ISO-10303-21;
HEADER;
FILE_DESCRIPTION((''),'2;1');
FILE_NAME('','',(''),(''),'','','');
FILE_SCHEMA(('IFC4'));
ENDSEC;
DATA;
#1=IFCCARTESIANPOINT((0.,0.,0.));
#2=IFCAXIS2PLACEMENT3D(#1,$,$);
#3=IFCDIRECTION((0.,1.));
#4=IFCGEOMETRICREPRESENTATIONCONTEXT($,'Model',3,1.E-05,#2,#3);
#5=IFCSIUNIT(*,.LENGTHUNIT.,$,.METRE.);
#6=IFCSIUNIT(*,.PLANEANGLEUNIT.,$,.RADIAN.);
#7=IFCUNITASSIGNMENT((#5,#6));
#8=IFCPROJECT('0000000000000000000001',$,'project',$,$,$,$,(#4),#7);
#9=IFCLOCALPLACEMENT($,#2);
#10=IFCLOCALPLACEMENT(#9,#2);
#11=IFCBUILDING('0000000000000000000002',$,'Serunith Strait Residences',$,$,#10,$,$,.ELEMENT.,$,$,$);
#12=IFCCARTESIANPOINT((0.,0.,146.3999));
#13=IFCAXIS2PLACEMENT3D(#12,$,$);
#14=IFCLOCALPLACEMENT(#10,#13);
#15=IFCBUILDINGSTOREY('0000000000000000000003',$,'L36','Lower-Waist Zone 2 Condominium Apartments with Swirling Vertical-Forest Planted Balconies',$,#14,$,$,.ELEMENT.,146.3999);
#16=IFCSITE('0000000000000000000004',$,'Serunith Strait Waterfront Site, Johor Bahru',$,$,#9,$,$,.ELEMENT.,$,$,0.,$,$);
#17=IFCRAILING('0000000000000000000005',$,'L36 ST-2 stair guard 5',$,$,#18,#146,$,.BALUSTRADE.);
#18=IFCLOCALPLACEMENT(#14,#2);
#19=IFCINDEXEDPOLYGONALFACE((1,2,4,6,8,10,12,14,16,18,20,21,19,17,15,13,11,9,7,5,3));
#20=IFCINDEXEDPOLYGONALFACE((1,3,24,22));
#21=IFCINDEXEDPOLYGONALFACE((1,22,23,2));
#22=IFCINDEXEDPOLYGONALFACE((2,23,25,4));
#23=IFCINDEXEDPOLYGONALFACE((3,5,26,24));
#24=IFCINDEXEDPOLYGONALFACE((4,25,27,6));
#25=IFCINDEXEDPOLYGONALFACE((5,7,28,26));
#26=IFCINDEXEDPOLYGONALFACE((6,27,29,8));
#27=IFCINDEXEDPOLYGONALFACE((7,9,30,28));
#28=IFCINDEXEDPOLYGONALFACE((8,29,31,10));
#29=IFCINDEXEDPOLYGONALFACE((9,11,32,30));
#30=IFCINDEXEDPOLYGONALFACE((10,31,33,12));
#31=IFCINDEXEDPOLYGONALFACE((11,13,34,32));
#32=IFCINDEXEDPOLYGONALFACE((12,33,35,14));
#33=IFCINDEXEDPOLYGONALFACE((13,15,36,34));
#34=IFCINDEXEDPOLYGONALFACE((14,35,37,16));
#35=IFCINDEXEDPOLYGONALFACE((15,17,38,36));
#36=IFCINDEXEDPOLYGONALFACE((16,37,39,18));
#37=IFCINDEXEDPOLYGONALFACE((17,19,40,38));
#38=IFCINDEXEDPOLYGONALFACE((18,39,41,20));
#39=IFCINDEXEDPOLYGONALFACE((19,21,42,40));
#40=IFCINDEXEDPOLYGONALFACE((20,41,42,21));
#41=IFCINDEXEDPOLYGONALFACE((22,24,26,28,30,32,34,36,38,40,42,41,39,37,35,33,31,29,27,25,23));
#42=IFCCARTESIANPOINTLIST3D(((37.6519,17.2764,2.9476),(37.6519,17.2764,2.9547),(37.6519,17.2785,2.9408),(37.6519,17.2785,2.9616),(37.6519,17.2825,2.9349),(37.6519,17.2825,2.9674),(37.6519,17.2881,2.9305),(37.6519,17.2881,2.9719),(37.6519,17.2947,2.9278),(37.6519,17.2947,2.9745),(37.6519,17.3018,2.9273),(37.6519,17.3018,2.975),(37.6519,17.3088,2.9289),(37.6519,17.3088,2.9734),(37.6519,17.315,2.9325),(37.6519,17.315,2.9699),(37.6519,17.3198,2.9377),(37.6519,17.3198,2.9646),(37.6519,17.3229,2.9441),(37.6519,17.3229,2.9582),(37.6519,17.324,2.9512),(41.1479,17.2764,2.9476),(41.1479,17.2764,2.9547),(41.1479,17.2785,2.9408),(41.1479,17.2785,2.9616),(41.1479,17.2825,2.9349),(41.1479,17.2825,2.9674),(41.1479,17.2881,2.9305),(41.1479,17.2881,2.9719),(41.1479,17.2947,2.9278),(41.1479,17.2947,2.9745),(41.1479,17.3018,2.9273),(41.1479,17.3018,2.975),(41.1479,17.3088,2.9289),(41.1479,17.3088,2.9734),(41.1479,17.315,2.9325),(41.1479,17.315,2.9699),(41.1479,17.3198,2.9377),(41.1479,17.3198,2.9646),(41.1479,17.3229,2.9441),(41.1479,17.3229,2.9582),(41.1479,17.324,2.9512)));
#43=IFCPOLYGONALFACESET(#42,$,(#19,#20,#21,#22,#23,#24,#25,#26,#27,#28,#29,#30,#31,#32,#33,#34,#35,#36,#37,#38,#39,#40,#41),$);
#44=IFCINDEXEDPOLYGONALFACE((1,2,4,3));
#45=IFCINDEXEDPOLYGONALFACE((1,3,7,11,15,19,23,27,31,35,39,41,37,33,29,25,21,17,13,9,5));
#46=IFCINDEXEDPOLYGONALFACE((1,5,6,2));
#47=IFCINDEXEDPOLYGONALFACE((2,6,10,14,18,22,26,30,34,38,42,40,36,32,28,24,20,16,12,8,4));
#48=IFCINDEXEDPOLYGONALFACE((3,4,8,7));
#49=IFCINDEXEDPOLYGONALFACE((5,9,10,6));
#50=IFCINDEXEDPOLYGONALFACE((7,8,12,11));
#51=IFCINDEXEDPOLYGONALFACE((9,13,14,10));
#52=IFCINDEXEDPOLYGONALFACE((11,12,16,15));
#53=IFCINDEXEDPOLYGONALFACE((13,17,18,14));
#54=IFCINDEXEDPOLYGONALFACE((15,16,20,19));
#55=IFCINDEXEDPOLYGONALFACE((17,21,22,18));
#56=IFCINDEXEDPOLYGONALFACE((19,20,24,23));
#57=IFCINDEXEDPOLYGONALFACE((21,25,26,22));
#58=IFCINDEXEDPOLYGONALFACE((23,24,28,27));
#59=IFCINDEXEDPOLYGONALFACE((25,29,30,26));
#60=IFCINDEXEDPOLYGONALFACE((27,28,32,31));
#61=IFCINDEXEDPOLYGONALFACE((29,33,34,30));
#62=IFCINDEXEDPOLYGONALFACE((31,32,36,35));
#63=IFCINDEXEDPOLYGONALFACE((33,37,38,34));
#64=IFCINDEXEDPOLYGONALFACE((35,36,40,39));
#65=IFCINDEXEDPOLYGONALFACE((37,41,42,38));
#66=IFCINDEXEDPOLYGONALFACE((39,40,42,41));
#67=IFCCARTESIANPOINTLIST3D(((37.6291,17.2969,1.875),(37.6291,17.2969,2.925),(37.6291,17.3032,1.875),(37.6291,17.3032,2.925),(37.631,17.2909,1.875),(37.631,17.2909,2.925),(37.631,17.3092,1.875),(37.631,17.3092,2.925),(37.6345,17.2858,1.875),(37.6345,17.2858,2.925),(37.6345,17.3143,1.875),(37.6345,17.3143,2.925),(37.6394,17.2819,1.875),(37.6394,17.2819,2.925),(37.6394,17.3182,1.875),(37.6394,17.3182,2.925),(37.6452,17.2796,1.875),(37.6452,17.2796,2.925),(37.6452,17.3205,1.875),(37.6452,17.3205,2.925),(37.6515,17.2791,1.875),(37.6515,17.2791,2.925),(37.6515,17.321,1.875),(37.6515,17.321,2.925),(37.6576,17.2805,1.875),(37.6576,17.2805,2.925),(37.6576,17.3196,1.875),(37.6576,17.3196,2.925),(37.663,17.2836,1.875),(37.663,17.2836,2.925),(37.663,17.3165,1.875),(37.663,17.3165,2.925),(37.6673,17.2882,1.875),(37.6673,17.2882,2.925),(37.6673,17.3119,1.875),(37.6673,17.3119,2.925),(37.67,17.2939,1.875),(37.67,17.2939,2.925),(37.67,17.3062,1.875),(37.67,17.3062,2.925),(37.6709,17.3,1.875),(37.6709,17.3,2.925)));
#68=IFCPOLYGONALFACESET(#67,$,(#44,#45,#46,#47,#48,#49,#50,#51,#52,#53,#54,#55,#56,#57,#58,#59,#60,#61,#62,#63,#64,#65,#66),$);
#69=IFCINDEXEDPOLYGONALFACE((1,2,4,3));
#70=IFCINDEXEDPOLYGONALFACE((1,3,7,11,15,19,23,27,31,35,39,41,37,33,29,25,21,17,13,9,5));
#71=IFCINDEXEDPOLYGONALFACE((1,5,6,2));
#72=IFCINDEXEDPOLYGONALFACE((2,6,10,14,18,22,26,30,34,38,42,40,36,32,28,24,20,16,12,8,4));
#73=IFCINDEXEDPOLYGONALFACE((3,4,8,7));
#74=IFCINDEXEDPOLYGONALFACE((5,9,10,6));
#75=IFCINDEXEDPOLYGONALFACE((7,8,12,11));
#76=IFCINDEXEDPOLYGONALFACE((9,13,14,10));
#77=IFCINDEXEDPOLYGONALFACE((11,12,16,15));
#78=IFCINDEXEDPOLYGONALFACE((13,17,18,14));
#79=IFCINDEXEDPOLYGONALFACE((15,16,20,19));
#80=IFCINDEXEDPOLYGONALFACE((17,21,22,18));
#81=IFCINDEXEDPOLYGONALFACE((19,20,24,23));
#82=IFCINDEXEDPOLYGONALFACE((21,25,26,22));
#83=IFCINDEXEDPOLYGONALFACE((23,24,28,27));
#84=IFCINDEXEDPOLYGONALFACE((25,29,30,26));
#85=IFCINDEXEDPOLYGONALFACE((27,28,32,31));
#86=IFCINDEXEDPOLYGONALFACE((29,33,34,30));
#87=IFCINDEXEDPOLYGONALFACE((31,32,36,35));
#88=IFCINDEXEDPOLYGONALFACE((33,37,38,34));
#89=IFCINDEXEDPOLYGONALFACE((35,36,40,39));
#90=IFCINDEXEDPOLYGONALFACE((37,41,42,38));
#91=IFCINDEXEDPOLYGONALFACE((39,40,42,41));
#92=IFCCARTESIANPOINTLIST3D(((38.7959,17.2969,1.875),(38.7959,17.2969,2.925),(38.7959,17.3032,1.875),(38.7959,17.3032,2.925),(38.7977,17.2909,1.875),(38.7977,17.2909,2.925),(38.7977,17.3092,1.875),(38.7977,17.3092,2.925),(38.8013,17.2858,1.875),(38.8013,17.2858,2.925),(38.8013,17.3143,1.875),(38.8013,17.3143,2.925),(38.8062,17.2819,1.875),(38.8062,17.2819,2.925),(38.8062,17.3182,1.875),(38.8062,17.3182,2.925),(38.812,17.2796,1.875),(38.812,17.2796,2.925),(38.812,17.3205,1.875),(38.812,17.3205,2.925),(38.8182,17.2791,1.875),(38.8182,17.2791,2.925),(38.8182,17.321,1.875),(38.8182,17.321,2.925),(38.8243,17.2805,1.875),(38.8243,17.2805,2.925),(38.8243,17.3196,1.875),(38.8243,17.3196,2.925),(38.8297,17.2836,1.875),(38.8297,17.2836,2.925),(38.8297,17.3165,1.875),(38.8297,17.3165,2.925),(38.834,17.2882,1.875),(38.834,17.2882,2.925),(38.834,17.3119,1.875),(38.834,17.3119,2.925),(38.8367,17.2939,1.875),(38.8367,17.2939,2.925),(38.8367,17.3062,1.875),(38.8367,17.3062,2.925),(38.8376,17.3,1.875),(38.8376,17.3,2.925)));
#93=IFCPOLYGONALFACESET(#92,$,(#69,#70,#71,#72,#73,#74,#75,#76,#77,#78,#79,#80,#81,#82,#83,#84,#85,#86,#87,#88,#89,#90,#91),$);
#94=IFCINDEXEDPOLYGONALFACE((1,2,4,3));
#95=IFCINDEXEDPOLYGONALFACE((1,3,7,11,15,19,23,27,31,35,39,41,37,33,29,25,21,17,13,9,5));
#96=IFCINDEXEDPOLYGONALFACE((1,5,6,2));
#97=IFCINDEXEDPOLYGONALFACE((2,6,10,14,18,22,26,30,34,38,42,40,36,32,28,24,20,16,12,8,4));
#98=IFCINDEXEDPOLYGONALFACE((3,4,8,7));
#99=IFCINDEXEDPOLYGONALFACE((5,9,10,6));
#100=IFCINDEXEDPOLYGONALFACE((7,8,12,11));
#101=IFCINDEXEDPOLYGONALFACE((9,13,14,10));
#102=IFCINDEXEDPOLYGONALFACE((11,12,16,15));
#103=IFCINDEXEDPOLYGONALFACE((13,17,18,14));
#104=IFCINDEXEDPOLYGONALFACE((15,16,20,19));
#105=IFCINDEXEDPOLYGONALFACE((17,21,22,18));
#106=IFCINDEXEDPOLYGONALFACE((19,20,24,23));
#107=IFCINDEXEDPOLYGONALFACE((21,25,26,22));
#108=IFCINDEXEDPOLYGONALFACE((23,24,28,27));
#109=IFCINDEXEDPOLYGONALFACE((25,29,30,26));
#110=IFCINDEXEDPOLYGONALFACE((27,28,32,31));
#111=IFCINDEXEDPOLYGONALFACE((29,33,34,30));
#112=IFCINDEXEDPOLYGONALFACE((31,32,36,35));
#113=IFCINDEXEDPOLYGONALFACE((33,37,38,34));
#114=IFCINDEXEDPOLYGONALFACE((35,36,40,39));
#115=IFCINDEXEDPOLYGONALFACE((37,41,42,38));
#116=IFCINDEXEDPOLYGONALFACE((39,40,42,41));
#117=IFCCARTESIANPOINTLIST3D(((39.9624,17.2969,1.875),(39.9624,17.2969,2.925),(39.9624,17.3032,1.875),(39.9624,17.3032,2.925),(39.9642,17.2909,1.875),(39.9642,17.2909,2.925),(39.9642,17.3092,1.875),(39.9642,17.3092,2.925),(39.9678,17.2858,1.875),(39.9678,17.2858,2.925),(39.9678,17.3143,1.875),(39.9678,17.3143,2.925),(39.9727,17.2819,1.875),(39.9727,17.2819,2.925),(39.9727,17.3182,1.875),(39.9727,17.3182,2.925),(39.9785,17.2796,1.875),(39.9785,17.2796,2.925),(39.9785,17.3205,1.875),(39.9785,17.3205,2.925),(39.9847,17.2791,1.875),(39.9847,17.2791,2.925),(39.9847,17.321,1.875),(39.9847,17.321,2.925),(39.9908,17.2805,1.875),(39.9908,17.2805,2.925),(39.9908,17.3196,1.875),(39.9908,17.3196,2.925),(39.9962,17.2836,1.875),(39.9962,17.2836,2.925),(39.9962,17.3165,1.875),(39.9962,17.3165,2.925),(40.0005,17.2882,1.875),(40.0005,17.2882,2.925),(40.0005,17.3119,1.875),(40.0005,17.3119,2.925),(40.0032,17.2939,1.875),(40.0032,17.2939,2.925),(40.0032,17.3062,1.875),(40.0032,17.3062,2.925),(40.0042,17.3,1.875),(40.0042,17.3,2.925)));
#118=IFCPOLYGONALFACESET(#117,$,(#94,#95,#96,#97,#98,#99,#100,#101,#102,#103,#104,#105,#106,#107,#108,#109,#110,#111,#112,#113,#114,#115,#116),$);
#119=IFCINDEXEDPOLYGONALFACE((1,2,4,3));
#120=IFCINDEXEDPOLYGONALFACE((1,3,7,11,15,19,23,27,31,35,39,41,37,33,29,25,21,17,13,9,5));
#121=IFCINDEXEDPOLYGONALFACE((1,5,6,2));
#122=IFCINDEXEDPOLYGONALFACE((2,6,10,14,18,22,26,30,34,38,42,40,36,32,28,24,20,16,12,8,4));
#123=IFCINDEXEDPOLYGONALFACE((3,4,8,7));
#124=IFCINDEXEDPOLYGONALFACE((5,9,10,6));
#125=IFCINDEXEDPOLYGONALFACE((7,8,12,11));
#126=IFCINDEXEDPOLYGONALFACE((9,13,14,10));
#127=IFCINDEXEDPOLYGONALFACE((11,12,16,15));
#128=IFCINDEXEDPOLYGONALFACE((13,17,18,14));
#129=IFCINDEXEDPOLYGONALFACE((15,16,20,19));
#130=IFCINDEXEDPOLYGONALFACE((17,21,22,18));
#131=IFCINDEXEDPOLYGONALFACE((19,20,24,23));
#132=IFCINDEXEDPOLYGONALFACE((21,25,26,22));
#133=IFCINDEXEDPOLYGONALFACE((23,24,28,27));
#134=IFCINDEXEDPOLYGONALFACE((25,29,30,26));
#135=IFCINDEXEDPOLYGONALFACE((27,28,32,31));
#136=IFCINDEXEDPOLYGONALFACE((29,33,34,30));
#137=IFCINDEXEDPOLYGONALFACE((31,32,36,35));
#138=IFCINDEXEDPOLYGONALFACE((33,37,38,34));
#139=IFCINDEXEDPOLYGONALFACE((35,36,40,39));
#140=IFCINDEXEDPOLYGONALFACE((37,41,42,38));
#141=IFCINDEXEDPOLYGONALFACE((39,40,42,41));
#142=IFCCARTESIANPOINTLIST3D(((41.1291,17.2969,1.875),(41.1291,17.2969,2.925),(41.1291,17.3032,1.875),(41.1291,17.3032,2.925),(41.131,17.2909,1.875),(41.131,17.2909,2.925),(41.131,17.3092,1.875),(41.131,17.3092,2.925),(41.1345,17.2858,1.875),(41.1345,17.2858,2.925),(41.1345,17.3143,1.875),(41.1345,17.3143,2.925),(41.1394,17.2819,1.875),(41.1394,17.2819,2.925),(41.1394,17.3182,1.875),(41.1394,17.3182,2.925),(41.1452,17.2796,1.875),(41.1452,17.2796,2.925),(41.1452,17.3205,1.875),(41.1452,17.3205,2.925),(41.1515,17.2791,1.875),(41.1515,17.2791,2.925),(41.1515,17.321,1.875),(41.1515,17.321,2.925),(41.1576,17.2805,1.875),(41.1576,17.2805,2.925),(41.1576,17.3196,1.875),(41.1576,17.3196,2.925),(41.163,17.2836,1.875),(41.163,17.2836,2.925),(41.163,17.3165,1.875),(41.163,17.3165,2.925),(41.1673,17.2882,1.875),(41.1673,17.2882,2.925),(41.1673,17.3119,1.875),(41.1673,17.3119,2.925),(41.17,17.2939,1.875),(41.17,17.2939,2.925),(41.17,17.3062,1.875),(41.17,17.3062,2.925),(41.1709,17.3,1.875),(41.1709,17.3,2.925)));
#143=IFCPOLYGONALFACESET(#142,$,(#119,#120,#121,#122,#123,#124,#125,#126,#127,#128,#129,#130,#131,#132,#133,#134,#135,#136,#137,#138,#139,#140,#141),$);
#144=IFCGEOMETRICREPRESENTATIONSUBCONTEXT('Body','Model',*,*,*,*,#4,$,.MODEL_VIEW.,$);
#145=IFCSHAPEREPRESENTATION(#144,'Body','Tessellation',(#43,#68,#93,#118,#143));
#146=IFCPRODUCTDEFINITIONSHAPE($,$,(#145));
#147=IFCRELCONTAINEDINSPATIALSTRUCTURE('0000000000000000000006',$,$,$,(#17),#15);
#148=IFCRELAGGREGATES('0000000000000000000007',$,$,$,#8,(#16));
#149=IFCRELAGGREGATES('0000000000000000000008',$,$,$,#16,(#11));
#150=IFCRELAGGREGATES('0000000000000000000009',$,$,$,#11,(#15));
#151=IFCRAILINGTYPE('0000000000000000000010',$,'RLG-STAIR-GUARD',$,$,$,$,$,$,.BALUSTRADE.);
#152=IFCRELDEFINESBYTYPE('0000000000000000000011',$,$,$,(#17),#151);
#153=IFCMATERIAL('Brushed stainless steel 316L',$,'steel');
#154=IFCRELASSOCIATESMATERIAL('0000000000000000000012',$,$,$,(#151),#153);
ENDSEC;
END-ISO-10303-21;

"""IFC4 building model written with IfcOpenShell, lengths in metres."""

from ifc_helpers import new_model, si_unit, direction, frame, origin, origin_2d, place, context, subcontext, project, spatial, circle, extrude, material, type_object, element, save


model = new_model("IFC4")

# Units and contexts
model_context = context("Model", 3, precision=1e-05, world=origin(), true_north=direction((0.0, 1.0)))
body_context = subcontext(model_context, "Body", "Model", "MODEL_VIEW")
ifc_project = project(units=[si_unit("LENGTHUNIT", "METRE"), si_unit("PLANEANGLEUNIT", "RADIAN")], contexts=[model_context])

# Site, building, storey
site_placement = place(None, origin())
site = spatial("IfcSite", under=ifc_project, at=site_placement, Name="Serunith Strait Waterfront Site, Johor Bahru", CompositionType="ELEMENT", RefElevation=0.0)
building_placement = place(site_placement, origin())
building = spatial("IfcBuilding", under=site, at=building_placement, Name="Serunith Strait Residences", CompositionType="ELEMENT")
storey_placement = place(building_placement, frame((0.0, 0.0, 146.3999)))
storey = spatial("IfcBuildingStorey", under=building, at=storey_placement, Name="L36", Description="Lower-Waist Zone 2 Condominium Apartments with Swirling Vertical-Forest Planted Balconies", CompositionType="ELEMENT", Elevation=146.3999)

# Railing
ifc_material_1 = material(Name="Brushed stainless steel 316L", Category="steel")
railing_type_1 = type_object("IfcRailingType", Name="RLG-STAIR-GUARD", PredefinedType="BALUSTRADE", material=ifc_material_1)
railing_1_placement = place(storey_placement, frame((37.6499, 17.3, 1.875)))
element("IfcRailing", 1, at=railing_1_placement, inside=storey, type_object=railing_type_1, Name="L36 ST-2 stair guard 5", PredefinedType="BALUSTRADE", context=body_context, shape_type="SweptSolid", body=[
    extrude(circle(Radius=0.0239, at=origin_2d()), frame((0.002, 0.0, 1.0762), z_axis=(1.0, 0.0, 0.0), x_axis=(0.0, 1.0, 0.0)), (0.0, 0.0, 1.0), 3.4961),
    extrude(circle(Radius=0.021, at=origin_2d()), origin(), (0.0, 0.0, 1.0), 1.05),
    extrude(circle(Radius=0.021, at=origin_2d()), frame((1.1667, 0.0, 0.0)), (0.0, 0.0, 1.0), 1.05),
    extrude(circle(Radius=0.021, at=origin_2d()), frame((2.3333, 0.0, 0.0)), (0.0, 0.0, 1.0), 1.05),
    extrude(circle(Radius=0.021, at=origin_2d()), frame((3.5, 0.0, 0.0)), (0.0, 0.0, 1.0), 1.05),
])

save(model, "model.ifc")
